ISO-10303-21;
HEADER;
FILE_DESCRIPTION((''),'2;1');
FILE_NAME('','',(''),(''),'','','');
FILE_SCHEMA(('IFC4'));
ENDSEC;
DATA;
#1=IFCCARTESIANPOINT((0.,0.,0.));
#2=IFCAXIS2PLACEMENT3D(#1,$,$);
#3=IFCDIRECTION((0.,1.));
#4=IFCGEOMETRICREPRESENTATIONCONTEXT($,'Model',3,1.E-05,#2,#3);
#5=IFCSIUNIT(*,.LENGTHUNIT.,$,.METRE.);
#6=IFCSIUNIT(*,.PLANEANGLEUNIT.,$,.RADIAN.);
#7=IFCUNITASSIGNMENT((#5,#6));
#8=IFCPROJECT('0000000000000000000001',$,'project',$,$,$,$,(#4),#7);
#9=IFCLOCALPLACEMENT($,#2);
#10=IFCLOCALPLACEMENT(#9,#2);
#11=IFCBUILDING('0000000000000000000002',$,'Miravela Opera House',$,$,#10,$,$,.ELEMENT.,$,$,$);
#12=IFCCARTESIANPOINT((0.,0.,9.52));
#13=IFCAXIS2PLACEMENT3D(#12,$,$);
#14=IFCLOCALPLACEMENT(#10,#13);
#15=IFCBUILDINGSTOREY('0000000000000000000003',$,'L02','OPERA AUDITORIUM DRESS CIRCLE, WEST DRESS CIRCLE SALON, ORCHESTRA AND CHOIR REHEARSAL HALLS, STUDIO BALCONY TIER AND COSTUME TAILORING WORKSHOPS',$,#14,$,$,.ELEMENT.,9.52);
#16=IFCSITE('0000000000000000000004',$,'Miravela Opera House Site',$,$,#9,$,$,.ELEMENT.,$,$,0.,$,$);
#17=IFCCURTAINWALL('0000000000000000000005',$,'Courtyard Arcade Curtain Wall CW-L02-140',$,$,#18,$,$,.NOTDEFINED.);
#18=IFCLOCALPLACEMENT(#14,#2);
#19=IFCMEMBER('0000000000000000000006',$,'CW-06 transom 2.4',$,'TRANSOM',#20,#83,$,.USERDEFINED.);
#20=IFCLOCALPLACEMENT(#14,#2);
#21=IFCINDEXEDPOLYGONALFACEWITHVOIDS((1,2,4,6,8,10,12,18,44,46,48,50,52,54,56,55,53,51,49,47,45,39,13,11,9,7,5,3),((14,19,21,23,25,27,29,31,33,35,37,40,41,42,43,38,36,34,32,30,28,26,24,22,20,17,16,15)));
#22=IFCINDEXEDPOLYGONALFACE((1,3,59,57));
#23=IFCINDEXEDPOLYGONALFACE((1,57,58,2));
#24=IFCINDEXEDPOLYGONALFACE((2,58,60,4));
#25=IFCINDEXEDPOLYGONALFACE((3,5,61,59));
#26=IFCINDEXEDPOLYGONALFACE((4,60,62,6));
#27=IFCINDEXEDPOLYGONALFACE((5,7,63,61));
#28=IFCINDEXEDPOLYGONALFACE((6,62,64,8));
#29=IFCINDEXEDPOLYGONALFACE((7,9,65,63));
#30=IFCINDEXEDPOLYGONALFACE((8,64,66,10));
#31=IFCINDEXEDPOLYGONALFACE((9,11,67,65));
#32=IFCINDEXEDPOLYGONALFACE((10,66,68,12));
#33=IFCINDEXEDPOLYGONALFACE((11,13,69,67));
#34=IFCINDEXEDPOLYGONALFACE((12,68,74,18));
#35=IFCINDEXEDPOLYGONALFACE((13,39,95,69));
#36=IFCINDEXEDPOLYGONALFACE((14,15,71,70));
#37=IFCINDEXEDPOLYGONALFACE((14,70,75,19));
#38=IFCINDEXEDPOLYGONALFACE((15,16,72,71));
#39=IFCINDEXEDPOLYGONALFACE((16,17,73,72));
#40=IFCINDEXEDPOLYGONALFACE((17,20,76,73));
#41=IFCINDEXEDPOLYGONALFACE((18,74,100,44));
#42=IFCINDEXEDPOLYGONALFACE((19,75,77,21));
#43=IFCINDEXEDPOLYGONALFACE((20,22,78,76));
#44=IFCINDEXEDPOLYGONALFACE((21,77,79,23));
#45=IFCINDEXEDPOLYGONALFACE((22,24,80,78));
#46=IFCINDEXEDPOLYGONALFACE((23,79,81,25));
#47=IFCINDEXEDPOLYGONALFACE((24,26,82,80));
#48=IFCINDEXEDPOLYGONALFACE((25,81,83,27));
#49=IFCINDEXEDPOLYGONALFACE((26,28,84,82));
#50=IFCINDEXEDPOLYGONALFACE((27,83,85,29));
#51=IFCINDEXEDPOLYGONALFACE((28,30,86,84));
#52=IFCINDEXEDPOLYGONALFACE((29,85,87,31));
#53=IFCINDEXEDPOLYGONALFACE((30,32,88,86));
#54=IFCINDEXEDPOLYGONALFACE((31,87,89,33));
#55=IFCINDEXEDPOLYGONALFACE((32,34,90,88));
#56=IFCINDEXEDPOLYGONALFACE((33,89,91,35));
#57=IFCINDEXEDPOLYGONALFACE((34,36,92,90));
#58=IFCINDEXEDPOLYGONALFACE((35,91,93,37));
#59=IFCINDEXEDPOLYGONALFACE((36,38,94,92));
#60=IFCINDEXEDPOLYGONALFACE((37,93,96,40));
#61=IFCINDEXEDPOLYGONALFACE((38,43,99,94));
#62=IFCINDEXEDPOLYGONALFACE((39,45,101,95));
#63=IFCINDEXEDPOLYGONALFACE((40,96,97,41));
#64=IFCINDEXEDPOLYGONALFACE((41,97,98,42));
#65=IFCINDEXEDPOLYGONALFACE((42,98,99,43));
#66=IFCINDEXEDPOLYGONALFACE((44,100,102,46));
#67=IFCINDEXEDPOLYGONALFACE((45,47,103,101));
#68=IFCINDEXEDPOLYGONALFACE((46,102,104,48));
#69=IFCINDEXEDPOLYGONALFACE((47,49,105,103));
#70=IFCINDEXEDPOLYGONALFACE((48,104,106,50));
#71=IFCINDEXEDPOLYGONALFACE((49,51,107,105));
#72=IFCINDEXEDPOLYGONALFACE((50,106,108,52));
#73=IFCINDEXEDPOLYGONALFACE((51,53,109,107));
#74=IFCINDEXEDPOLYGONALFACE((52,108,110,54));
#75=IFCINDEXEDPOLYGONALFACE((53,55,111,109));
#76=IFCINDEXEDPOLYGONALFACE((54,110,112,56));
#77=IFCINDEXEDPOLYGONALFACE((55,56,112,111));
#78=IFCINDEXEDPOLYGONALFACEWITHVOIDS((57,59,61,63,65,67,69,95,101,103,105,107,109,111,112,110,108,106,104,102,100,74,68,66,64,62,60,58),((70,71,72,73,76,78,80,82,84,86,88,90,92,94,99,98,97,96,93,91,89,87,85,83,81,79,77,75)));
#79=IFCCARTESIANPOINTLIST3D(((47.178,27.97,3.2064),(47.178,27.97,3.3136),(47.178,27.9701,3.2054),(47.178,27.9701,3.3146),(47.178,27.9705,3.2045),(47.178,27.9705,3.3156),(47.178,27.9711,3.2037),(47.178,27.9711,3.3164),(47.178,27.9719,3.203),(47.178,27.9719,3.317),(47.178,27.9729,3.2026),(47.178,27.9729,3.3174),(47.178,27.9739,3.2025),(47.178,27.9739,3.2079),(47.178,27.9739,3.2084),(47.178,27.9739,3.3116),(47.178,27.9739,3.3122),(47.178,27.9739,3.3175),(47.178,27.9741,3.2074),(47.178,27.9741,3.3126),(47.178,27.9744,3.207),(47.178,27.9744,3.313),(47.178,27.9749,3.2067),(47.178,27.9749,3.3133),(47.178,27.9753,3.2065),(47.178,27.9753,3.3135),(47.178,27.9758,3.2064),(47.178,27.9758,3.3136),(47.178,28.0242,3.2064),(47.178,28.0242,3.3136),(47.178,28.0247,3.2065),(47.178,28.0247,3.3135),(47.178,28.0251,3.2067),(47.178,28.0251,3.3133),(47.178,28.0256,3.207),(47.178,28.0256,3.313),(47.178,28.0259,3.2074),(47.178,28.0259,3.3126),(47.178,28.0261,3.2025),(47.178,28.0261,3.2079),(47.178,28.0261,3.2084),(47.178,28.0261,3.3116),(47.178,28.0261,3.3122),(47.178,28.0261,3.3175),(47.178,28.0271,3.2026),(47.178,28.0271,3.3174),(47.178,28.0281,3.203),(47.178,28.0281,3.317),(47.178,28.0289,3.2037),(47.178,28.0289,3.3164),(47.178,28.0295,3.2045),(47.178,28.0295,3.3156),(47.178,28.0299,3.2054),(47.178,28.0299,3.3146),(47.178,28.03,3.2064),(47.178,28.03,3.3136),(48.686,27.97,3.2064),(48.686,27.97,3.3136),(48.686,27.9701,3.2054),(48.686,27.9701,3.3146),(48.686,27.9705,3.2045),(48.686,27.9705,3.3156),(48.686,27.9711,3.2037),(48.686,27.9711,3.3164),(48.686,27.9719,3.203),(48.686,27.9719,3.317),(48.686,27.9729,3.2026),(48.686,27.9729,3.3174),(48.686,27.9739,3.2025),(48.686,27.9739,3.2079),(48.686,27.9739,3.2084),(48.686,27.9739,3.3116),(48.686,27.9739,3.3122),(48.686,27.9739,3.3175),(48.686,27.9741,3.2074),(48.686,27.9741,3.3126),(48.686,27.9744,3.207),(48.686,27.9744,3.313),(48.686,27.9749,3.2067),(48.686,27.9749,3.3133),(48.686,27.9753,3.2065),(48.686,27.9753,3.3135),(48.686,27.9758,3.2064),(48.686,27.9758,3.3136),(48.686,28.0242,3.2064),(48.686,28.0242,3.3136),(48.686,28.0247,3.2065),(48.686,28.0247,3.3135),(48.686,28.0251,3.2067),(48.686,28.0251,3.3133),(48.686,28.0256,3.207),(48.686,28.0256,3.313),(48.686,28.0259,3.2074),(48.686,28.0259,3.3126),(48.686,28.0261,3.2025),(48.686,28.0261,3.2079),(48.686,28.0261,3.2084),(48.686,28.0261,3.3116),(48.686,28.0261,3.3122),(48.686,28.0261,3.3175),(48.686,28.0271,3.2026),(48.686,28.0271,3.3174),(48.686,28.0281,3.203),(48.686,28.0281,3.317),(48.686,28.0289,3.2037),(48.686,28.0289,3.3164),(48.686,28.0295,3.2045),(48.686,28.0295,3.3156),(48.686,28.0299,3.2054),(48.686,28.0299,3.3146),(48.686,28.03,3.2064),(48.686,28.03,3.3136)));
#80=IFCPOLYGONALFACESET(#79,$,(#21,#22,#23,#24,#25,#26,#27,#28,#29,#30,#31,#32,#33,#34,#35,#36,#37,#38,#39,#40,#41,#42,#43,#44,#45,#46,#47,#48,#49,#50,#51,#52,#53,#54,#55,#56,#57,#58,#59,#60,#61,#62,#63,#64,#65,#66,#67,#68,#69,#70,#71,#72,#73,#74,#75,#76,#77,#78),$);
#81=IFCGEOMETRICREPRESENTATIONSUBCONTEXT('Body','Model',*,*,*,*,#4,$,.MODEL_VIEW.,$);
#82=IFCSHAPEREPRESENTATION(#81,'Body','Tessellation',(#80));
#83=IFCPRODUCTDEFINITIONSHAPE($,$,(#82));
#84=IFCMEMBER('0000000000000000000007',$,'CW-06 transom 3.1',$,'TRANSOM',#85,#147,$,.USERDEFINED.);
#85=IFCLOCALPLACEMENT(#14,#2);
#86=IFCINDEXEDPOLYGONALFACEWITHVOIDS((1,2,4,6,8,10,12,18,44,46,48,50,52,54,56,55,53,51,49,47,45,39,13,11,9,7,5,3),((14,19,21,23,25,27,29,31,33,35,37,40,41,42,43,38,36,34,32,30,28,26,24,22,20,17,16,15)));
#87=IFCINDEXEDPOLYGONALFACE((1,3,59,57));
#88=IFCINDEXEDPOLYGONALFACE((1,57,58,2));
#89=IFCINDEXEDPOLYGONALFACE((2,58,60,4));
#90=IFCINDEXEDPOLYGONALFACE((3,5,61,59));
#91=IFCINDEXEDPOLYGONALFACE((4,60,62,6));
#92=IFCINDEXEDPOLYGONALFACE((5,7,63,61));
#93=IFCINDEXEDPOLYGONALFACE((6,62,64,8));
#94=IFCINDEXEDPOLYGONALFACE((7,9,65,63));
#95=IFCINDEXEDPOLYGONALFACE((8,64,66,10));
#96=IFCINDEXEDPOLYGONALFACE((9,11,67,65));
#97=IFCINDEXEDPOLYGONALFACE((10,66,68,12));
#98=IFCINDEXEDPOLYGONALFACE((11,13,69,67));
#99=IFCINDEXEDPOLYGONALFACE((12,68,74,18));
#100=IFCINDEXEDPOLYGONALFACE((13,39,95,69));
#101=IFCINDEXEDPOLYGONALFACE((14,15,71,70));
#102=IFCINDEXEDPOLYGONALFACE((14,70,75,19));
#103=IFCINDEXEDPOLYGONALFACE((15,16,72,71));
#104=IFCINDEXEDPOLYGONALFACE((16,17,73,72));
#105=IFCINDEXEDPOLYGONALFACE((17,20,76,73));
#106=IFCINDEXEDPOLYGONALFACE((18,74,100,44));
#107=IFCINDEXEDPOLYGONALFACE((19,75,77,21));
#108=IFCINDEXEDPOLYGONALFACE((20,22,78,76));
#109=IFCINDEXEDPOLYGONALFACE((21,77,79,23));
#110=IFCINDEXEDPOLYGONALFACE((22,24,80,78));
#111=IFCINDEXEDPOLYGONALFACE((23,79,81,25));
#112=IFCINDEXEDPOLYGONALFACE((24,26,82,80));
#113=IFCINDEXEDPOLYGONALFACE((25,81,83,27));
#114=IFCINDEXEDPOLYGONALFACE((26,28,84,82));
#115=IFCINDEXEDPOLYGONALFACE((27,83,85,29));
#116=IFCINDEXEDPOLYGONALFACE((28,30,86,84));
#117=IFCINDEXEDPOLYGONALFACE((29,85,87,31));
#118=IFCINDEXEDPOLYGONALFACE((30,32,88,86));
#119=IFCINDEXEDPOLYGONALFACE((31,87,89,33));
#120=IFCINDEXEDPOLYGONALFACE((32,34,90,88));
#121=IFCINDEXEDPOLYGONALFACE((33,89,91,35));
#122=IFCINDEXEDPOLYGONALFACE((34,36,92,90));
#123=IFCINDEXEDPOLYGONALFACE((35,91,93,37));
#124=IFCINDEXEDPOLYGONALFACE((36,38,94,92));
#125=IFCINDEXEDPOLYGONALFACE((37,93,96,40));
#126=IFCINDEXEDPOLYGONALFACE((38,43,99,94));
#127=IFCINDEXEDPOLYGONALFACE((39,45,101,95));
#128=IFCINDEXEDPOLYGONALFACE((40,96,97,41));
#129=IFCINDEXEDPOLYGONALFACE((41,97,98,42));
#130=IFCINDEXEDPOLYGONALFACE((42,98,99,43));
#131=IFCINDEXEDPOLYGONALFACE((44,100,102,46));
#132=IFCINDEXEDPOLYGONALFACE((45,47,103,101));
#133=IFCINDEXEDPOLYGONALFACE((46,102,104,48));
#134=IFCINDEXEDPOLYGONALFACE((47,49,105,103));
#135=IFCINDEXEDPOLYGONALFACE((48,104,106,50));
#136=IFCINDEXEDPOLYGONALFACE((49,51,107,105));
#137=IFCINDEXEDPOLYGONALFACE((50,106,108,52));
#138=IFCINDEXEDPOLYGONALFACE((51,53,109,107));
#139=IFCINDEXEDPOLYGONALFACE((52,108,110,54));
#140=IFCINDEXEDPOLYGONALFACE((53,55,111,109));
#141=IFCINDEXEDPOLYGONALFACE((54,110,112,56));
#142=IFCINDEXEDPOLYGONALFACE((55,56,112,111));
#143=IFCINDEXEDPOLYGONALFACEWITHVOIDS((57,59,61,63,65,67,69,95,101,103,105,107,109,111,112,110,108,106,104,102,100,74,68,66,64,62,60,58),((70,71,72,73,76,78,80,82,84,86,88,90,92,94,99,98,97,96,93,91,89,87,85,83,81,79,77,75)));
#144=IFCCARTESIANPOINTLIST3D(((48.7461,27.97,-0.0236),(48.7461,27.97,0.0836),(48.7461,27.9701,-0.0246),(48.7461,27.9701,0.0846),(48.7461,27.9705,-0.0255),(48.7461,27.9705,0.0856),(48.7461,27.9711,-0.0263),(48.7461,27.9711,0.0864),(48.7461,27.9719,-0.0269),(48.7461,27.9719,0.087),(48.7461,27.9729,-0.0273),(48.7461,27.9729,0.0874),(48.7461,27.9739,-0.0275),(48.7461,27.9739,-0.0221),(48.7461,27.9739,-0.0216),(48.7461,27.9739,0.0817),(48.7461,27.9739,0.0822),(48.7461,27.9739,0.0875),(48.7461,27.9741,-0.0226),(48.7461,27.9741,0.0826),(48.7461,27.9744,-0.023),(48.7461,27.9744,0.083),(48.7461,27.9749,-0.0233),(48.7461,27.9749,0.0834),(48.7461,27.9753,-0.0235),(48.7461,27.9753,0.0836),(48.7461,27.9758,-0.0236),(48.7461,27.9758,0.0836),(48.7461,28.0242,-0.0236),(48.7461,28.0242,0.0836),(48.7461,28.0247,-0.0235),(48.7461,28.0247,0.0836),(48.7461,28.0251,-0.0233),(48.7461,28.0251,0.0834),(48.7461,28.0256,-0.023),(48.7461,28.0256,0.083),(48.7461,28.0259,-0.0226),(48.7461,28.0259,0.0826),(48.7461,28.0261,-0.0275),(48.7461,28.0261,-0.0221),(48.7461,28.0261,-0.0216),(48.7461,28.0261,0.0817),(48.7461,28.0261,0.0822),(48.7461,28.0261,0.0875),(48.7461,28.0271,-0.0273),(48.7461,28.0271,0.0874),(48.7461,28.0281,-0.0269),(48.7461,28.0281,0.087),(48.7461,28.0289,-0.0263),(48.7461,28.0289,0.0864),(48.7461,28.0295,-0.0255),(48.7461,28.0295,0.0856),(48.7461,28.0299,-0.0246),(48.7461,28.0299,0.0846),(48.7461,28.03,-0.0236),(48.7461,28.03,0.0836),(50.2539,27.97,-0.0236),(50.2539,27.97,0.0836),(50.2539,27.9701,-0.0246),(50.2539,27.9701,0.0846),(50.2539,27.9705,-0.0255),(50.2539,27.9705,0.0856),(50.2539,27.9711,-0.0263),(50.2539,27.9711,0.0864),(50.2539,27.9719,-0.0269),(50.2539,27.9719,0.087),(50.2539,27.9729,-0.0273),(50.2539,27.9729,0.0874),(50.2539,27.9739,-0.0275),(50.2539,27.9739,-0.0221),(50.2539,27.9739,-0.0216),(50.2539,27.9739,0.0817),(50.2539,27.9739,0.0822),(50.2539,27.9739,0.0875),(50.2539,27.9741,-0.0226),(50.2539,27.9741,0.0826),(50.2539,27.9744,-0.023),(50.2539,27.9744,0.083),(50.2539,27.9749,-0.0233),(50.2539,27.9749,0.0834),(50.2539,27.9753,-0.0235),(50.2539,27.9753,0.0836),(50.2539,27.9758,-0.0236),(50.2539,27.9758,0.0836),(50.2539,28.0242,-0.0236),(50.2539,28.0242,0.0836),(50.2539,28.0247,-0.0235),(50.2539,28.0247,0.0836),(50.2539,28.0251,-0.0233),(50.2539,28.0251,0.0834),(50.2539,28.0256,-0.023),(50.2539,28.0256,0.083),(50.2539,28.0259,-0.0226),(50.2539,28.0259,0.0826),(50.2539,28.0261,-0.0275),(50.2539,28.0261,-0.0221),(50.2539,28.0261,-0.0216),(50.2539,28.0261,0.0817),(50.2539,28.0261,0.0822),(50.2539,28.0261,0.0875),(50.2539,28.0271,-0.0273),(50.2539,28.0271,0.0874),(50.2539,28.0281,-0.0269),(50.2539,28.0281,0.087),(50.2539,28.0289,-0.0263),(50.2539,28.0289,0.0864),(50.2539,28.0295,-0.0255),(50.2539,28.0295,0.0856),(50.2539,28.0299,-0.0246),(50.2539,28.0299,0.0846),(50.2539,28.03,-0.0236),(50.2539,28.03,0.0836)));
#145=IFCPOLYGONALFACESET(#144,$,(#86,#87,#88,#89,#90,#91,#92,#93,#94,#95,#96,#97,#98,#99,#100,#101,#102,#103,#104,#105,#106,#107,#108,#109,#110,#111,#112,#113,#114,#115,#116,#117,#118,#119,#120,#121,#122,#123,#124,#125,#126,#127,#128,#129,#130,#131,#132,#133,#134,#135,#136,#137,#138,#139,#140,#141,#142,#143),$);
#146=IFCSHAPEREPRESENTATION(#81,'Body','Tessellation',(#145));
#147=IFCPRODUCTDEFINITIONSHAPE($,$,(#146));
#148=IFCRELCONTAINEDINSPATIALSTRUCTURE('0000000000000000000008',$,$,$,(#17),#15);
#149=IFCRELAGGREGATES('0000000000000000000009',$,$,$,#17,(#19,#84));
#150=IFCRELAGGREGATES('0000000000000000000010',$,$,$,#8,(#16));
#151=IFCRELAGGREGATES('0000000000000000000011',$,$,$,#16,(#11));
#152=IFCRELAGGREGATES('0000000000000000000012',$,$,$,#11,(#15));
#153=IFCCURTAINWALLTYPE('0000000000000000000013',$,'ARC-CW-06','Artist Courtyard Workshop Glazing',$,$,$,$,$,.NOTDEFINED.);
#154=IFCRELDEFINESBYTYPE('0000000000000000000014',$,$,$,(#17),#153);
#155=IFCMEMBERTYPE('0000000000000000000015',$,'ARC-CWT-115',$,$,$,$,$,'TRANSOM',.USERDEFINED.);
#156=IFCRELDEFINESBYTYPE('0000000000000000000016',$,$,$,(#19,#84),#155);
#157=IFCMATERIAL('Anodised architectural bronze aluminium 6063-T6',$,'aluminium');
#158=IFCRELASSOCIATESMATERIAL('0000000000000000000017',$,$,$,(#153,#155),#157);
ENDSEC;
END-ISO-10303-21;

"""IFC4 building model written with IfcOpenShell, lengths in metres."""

from ifc_helpers import new_model, si_unit, direction, frame, origin, origin_2d, place, context, subcontext, project, spatial, hollow_rectangle, extrude, material, material_profile, profile_set, type_object, element, aggregate, save


model = new_model("IFC4")

# Units and contexts
model_context = context("Model", 3, precision=1e-05, world=origin(), true_north=direction((0.0, 1.0)))
body_context = subcontext(model_context, "Body", "Model", "MODEL_VIEW")
ifc_project = project(units=[si_unit("LENGTHUNIT", "METRE"), si_unit("PLANEANGLEUNIT", "RADIAN")], contexts=[model_context])

# Site, building, storey
site_placement = place(None, origin())
site = spatial("IfcSite", under=ifc_project, at=site_placement, Name="Miravela Opera House Site", CompositionType="ELEMENT", RefElevation=0.0)
building_placement = place(site_placement, origin())
building = spatial("IfcBuilding", under=site, at=building_placement, Name="Miravela Opera House", CompositionType="ELEMENT")
storey_placement = place(building_placement, frame((0.0, 0.0, 9.52)))
storey = spatial("IfcBuildingStorey", under=building, at=storey_placement, Name="L02", Description="OPERA AUDITORIUM DRESS CIRCLE, WEST DRESS CIRCLE SALON, ORCHESTRA AND CHOIR REHEARSAL HALLS, STUDIO BALCONY TIER AND COSTUME TAILORING WORKSHOPS", CompositionType="ELEMENT", Elevation=9.52)

# Curtain wall, members
ifc_material_1 = material(Name="Anodised architectural bronze aluminium 6063-T6", Category="aluminium")
curtain_wall_type = type_object("IfcCurtainWallType", Name="ARC-CW-06", Description="Artist Courtyard Workshop Glazing", PredefinedType="NOTDEFINED", material=ifc_material_1)
curtain_wall_placement = place(storey_placement, origin())
curtain_wall = element("IfcCurtainWall", 1, at=curtain_wall_placement, inside=storey, type_object=curtain_wall_type, Name="Courtyard Arcade Curtain Wall CW-L02-140", PredefinedType="NOTDEFINED")
ifc_material_profile_1 = material_profile(ifc_material_1, hollow_rectangle(XDim=0.0601, YDim=0.115, WallThickness=0.0039, InnerFilletRadius=0.002, OuterFilletRadius=0.0039, at=origin_2d()), Name="CWT-60X115")
ifc_profile_set_1 = profile_set([ifc_material_profile_1])
member_type_1 = type_object("IfcMemberType", Name="ARC-CWT-115", ElementType="TRANSOM", PredefinedType="USERDEFINED", material=ifc_profile_set_1)
member_1_placement = place(storey_placement, frame((47.178, 28.0, 3.26), z_axis=(1.0, 0.0, 0.0), x_axis=(0.0, 1.0, 0.0)))
member_1 = element("IfcMember", 2, at=member_1_placement, type_object=member_type_1, Name="CW-06 transom 2.4", ObjectType="TRANSOM", PredefinedType="USERDEFINED", context=body_context, shape_type="SweptSolid", body=[
    extrude(hollow_rectangle(XDim=0.0601, YDim=0.115, WallThickness=0.0039, InnerFilletRadius=0.002, OuterFilletRadius=0.0039, at=origin_2d()), origin(), (0.0, 0.0, 1.0), 1.5081),
])
member_2_placement = place(storey_placement, frame((48.7461, 28.0, 0.03), z_axis=(1.0, 0.0, 0.0), x_axis=(0.0, 1.0, 0.0)))
member_2 = element("IfcMember", 3, at=member_2_placement, type_object=member_type_1, Name="CW-06 transom 3.1", ObjectType="TRANSOM", PredefinedType="USERDEFINED", context=body_context, shape_type="SweptSolid", body=[
    extrude(hollow_rectangle(XDim=0.0601, YDim=0.115, WallThickness=0.0039, InnerFilletRadius=0.002, OuterFilletRadius=0.0039, at=origin_2d()), origin(), (0.0, 0.0, 1.0), 1.5078),
])

aggregate(curtain_wall, [member_1, member_2])

save(model, "model.ifc")
